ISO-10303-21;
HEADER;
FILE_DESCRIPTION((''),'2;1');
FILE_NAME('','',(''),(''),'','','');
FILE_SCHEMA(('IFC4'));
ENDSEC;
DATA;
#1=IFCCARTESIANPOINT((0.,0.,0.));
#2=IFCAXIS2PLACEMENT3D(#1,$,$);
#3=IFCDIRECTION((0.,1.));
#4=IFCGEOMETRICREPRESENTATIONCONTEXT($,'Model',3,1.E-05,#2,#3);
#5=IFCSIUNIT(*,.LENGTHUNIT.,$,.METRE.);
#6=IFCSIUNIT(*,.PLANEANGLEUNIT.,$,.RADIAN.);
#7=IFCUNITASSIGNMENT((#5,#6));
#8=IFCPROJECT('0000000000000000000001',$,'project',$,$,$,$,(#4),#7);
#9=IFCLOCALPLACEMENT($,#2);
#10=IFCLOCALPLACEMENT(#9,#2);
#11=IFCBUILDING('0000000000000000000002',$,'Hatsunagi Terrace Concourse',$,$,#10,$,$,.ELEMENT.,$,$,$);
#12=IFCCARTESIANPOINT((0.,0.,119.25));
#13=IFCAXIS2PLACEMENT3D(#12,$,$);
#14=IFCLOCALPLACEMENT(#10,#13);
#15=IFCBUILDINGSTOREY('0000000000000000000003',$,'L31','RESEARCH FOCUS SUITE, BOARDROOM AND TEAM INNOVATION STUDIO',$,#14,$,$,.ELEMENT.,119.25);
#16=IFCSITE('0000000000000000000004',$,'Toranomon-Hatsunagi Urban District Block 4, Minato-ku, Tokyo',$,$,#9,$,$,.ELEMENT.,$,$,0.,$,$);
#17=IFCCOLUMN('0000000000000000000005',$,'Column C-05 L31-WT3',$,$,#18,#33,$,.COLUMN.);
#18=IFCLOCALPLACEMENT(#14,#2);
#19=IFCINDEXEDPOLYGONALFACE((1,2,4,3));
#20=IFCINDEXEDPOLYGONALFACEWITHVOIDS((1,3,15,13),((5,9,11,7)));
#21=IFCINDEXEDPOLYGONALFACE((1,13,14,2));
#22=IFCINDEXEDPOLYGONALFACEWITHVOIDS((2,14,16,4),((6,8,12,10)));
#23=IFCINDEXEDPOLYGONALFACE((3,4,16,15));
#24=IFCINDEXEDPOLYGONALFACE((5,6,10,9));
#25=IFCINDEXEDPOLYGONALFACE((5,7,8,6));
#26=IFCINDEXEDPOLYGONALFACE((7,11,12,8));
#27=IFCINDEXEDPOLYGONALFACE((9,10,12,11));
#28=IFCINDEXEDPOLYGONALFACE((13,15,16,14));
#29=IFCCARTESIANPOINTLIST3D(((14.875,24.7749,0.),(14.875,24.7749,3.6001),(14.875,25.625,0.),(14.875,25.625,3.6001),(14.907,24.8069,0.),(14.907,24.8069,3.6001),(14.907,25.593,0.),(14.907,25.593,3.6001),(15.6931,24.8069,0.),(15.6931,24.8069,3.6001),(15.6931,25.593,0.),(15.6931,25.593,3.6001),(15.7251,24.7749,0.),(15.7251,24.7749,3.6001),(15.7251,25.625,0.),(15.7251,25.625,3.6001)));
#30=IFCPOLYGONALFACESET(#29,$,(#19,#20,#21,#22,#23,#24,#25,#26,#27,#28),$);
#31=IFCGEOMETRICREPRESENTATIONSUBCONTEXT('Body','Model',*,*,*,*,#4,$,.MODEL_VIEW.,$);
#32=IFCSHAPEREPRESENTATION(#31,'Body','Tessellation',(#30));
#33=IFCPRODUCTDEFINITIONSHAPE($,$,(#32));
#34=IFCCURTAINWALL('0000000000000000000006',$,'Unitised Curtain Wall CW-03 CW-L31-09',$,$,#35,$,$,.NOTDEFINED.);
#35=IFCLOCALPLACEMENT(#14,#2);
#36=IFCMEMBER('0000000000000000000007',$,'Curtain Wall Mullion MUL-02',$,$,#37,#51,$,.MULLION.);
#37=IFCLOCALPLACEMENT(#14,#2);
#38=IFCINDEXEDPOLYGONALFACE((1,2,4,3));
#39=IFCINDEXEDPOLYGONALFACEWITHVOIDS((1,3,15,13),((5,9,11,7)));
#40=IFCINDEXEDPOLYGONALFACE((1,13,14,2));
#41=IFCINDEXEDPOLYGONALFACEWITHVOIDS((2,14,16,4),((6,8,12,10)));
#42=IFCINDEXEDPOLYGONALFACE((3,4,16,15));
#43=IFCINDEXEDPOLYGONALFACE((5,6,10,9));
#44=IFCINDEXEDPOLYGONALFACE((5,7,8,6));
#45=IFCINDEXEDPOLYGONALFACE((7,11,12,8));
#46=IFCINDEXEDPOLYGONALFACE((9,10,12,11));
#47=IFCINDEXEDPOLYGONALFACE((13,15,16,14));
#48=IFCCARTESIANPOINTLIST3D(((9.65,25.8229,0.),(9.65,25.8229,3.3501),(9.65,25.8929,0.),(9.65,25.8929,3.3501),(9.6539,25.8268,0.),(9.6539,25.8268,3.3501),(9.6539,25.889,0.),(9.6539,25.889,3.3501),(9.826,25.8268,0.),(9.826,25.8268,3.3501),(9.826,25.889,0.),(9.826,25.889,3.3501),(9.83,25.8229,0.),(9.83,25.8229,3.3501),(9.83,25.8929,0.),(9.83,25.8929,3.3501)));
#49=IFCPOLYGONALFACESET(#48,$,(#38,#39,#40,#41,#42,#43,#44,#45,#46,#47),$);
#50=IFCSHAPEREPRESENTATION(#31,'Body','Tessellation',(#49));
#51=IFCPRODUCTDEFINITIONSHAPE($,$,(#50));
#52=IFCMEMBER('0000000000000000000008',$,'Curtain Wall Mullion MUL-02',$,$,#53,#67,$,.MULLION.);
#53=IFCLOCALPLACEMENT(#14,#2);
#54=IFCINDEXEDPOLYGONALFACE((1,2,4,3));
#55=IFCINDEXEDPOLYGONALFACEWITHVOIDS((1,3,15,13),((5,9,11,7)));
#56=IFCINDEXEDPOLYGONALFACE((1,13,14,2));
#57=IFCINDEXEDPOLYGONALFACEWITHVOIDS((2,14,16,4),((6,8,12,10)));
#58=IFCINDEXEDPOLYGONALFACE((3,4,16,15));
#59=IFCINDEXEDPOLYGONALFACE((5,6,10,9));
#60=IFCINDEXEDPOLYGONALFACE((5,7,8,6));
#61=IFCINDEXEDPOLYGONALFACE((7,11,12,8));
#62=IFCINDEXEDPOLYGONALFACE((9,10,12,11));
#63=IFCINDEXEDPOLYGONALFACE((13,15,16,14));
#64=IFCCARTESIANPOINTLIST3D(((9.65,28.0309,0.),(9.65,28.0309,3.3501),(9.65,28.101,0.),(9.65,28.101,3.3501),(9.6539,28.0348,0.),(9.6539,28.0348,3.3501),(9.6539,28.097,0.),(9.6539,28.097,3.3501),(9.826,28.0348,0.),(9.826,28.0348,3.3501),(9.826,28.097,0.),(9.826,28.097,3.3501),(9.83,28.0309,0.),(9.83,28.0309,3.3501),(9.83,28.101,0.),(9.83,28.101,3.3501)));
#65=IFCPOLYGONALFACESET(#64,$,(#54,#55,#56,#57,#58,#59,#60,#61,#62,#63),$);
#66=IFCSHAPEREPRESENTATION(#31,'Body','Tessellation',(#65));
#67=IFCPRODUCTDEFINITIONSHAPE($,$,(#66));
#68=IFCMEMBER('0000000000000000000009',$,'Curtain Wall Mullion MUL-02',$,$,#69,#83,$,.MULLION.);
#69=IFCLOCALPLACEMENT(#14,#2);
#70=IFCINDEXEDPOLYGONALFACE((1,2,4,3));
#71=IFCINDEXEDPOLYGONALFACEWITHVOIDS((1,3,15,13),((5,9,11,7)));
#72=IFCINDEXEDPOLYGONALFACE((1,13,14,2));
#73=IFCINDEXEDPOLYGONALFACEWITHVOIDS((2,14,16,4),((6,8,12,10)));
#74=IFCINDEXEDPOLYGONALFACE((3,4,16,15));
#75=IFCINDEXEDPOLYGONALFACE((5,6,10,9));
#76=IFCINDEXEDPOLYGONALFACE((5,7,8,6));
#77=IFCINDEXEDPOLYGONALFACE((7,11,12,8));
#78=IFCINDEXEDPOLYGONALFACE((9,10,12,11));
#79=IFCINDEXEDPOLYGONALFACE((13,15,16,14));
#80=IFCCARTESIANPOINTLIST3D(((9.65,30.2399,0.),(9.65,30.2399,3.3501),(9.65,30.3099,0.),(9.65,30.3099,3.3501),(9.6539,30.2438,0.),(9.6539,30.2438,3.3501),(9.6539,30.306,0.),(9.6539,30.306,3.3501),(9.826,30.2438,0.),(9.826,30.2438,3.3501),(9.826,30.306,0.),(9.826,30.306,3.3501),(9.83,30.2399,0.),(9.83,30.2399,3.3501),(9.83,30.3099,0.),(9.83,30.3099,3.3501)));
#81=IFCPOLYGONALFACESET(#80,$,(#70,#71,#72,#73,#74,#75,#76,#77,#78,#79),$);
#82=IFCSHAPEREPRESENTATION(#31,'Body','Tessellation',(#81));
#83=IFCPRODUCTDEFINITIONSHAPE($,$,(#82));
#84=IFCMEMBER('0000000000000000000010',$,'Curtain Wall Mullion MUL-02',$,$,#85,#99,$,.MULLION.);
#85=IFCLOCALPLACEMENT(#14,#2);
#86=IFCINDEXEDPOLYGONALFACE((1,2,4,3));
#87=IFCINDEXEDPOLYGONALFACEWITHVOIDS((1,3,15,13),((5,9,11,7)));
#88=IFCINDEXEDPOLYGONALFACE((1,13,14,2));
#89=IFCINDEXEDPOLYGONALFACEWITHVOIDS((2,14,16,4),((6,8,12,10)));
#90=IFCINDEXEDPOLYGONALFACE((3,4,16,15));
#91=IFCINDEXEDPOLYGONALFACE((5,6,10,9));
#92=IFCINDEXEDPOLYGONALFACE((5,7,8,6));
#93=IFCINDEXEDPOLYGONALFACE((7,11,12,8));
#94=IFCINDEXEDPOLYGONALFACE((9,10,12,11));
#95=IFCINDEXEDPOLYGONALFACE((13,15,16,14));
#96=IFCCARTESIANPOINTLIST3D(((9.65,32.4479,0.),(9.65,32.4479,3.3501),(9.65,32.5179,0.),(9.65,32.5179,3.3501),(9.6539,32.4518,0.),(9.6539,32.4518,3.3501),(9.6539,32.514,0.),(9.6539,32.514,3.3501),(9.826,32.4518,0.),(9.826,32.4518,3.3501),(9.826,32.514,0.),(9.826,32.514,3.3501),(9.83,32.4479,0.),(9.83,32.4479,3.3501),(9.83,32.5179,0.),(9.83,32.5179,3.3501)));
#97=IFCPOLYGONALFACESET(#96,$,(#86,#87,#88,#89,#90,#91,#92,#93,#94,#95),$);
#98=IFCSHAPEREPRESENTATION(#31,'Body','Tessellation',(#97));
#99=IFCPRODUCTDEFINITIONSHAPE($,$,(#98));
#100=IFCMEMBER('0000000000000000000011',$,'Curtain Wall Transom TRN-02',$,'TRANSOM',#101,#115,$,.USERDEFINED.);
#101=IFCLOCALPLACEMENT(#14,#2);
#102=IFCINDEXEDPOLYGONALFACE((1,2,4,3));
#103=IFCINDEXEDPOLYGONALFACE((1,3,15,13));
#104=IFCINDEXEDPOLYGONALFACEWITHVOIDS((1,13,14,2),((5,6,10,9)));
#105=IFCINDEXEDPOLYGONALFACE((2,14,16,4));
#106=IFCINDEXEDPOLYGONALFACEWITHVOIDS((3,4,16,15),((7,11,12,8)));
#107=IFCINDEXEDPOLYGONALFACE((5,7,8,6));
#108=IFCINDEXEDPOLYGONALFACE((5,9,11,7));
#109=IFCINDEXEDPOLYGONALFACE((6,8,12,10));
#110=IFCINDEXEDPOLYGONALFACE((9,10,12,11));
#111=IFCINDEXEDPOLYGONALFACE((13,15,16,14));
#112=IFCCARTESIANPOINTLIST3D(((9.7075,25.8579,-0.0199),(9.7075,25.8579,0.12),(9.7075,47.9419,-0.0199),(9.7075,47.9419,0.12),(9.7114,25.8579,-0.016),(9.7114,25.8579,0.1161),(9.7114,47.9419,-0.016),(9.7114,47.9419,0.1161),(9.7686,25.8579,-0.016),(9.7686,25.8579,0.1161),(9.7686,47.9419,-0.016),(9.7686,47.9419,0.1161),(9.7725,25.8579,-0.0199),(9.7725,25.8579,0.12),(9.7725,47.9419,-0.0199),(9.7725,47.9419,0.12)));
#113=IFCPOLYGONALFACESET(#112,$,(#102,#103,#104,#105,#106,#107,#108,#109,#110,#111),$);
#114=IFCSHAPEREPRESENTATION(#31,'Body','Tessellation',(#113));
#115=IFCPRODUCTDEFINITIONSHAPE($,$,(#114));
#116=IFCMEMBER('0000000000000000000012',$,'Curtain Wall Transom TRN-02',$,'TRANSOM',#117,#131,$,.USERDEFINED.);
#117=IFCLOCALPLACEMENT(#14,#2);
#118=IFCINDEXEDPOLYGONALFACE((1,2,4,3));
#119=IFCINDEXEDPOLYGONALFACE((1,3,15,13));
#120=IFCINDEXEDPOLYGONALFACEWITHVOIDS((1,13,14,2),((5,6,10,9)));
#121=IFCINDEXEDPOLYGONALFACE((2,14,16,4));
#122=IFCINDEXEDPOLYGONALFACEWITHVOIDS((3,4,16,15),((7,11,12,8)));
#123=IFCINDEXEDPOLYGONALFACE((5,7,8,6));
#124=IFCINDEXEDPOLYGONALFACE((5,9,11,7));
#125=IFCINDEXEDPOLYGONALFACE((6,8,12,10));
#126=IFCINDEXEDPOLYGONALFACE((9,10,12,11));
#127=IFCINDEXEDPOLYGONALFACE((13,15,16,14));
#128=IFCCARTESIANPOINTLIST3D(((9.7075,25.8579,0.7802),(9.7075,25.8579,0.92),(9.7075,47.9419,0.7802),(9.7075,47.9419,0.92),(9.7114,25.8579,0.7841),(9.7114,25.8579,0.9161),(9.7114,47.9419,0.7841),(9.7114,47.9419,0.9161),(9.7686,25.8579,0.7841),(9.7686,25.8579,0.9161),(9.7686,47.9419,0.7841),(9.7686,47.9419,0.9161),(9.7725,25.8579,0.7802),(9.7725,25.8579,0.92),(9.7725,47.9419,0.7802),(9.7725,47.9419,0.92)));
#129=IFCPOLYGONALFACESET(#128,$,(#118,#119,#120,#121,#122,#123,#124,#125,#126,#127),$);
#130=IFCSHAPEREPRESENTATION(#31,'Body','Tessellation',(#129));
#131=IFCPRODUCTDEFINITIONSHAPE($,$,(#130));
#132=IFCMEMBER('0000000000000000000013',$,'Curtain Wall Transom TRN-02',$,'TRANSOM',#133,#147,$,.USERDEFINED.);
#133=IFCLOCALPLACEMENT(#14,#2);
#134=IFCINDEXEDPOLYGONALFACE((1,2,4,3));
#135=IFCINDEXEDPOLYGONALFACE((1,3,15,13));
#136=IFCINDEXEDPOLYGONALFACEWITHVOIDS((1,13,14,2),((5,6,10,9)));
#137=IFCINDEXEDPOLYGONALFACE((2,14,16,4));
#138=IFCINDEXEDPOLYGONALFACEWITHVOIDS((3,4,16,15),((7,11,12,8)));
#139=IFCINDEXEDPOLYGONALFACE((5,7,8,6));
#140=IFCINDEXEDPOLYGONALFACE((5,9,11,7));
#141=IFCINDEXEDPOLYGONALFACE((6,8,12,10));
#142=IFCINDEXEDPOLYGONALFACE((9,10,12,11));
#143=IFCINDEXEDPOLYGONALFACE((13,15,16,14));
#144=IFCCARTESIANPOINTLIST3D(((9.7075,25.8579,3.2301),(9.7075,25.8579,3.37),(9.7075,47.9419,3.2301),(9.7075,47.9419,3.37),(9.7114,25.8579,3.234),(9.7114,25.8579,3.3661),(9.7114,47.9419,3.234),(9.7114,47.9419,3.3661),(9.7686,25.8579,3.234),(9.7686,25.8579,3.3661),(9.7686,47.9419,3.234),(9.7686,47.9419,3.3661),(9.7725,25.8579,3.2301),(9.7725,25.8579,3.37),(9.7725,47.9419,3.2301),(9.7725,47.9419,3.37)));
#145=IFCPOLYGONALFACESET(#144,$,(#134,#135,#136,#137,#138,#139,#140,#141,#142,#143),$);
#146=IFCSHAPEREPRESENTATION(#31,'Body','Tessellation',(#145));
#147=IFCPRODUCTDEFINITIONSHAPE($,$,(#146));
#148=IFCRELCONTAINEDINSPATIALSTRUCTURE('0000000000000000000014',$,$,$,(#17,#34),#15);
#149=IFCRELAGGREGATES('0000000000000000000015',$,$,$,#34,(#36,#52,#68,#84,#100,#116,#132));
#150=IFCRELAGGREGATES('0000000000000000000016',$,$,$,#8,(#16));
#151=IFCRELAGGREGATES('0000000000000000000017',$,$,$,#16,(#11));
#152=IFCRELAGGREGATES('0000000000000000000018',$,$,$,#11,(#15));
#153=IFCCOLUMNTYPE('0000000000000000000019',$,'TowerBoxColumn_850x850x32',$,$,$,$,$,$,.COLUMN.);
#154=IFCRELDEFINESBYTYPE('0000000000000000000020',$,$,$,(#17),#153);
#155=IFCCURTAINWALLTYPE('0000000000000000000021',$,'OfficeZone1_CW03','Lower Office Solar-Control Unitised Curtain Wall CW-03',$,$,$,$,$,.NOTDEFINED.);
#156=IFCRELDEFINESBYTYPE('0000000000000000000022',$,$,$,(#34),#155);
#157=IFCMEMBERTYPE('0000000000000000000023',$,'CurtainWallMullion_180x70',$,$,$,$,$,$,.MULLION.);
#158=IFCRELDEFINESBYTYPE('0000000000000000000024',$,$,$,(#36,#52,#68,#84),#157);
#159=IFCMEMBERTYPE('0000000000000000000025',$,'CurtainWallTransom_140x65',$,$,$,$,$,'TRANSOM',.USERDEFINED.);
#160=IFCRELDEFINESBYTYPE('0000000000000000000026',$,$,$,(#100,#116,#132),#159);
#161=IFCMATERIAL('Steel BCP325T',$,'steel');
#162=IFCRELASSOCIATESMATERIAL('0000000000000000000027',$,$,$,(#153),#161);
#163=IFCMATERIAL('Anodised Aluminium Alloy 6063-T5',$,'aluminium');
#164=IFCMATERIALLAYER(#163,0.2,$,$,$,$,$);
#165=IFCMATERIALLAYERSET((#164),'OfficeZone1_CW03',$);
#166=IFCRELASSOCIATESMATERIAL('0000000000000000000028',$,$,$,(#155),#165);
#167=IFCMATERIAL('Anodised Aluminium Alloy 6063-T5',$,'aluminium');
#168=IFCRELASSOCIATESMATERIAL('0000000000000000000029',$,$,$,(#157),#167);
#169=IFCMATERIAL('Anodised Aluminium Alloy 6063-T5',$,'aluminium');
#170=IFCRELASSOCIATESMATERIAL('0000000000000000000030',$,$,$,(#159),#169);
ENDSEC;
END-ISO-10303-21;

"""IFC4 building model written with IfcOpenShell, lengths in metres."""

from ifc_helpers import new_model, si_unit, direction, frame, origin, origin_2d, place, context, subcontext, project, spatial, hollow_rectangle, extrude, material, layer, layer_set, material_profile, profile_set, type_object, element, aggregate, save


model = new_model("IFC4")

# Units and contexts
model_context = context("Model", 3, precision=1e-05, world=origin(), true_north=direction((0.0, 1.0)))
body_context = subcontext(model_context, "Body", "Model", "MODEL_VIEW")
ifc_project = project(units=[si_unit("LENGTHUNIT", "METRE"), si_unit("PLANEANGLEUNIT", "RADIAN")], contexts=[model_context])

# Site, building, storey
site_placement = place(None, origin())
site = spatial("IfcSite", under=ifc_project, at=site_placement, Name="Toranomon-Hatsunagi Urban District Block 4, Minato-ku, Tokyo", CompositionType="ELEMENT", RefElevation=0.0)
building_placement = place(site_placement, origin())
building = spatial("IfcBuilding", under=site, at=building_placement, Name="Hatsunagi Terrace Concourse", CompositionType="ELEMENT")
storey_placement = place(building_placement, frame((0.0, 0.0, 119.25)))
storey = spatial("IfcBuildingStorey", under=building, at=storey_placement, Name="L31", Description="RESEARCH FOCUS SUITE, BOARDROOM AND TEAM INNOVATION STUDIO", CompositionType="ELEMENT", Elevation=119.25)

# Column
ifc_material_1 = material(Name="Steel BCP325T", Category="steel")
ifc_material_profile_1 = material_profile(ifc_material_1, hollow_rectangle(XDim=0.8501, YDim=0.8501, WallThickness=0.032, at=origin_2d()), Name="BCP-850x850x32")
ifc_profile_set_1 = profile_set([ifc_material_profile_1], Name="Steel BCP325T")
column_type = type_object("IfcColumnType", Name="TowerBoxColumn_850x850x32", PredefinedType="COLUMN", material=ifc_profile_set_1)
column_placement = place(storey_placement, frame((15.3, 25.2, 0.0), z_axis=(0.0, 0.0, 1.0), x_axis=(1.0, 0.0, 0.0)))
element("IfcColumn", 1, at=column_placement, inside=storey, type_object=column_type, Name="Column C-05 L31-WT3", PredefinedType="COLUMN", context=body_context, shape_type="SweptSolid", body=[
    extrude(hollow_rectangle(XDim=0.8501, YDim=0.8501, WallThickness=0.032, at=origin_2d()), origin(), (0.0, 0.0, 1.0), 3.6001),
])

# Curtain wall, members
ifc_material_2 = material(Name="Anodised Aluminium Alloy 6063-T5", Category="aluminium")
ifc_layer_1 = layer(ifc_material_2, 0.2)
ifc_layer_set_1 = layer_set([ifc_layer_1], Name="OfficeZone1_CW03")
curtain_wall_type = type_object("IfcCurtainWallType", Name="OfficeZone1_CW03", Description="Lower Office Solar-Control Unitised Curtain Wall CW-03", PredefinedType="NOTDEFINED", material=ifc_layer_set_1)
curtain_wall_placement = place(storey_placement, origin())
curtain_wall = element("IfcCurtainWall", 2, at=curtain_wall_placement, inside=storey, type_object=curtain_wall_type, Name="Unitised Curtain Wall CW-03 CW-L31-09", PredefinedType="NOTDEFINED")
ifc_material_3 = material(Name="Anodised Aluminium Alloy 6063-T5", Category="aluminium")
ifc_material_profile_2 = material_profile(ifc_material_3, hollow_rectangle(XDim=0.0701, YDim=0.1799, WallThickness=0.0039, at=origin_2d()), Name="ALU-MUL-180x70x4")
ifc_profile_set_2 = profile_set([ifc_material_profile_2], Name="Anodised Aluminium Alloy 6063-T5")
member_type_1 = type_object("IfcMemberType", Name="CurtainWallMullion_180x70", PredefinedType="MULLION", material=ifc_profile_set_2)
member_1_placement = place(storey_placement, frame((9.74, 25.8579, 0.0), z_axis=(0.0, 0.0, 1.0), x_axis=(0.0, 1.0, 0.0)))
member_1 = element("IfcMember", 3, at=member_1_placement, type_object=member_type_1, Name="Curtain Wall Mullion MUL-02", PredefinedType="MULLION", context=body_context, shape_type="SweptSolid", body=[
    extrude(hollow_rectangle(XDim=0.0701, YDim=0.1799, WallThickness=0.0039, at=origin_2d()), origin(), (0.0, 0.0, 1.0), 3.3501),
])
member_2_placement = place(storey_placement, frame((9.74, 28.0659, 0.0), z_axis=(0.0, 0.0, 1.0), x_axis=(0.0, 1.0, 0.0)))
member_2 = element("IfcMember", 4, at=member_2_placement, type_object=member_type_1, Name="Curtain Wall Mullion MUL-02", PredefinedType="MULLION", context=body_context, shape_type="SweptSolid", body=[
    extrude(hollow_rectangle(XDim=0.0701, YDim=0.1799, WallThickness=0.0039, at=origin_2d()), origin(), (0.0, 0.0, 1.0), 3.3501),
])
member_3_placement = place(storey_placement, frame((9.74, 30.2749, 0.0), z_axis=(0.0, 0.0, 1.0), x_axis=(0.0, 1.0, 0.0)))
member_3 = element("IfcMember", 5, at=member_3_placement, type_object=member_type_1, Name="Curtain Wall Mullion MUL-02", PredefinedType="MULLION", context=body_context, shape_type="SweptSolid", body=[
    extrude(hollow_rectangle(XDim=0.0701, YDim=0.1799, WallThickness=0.0039, at=origin_2d()), origin(), (0.0, 0.0, 1.0), 3.3501),
])
member_4_placement = place(storey_placement, frame((9.74, 32.4829, 0.0), z_axis=(0.0, 0.0, 1.0), x_axis=(0.0, 1.0, 0.0)))
member_4 = element("IfcMember", 6, at=member_4_placement, type_object=member_type_1, Name="Curtain Wall Mullion MUL-02", PredefinedType="MULLION", context=body_context, shape_type="SweptSolid", body=[
    extrude(hollow_rectangle(XDim=0.0701, YDim=0.1799, WallThickness=0.0039, at=origin_2d()), origin(), (0.0, 0.0, 1.0), 3.3501),
])
ifc_material_4 = material(Name="Anodised Aluminium Alloy 6063-T5", Category="aluminium")
ifc_material_profile_3 = material_profile(ifc_material_4, hollow_rectangle(XDim=0.0649, YDim=0.1399, WallThickness=0.0039, at=origin_2d()), Name="ALU-TRN-140x65x4")
ifc_profile_set_3 = profile_set([ifc_material_profile_3], Name="Anodised Aluminium Alloy 6063-T5")
member_type_2 = type_object("IfcMemberType", Name="CurtainWallTransom_140x65", ElementType="TRANSOM", PredefinedType="USERDEFINED", material=ifc_profile_set_3)
member_5_placement = place(storey_placement, frame((9.74, 25.8579, 0.05), z_axis=(0.0, 1.0, 0.0), x_axis=(-1.0, 0.0, 0.0)))
member_5 = element("IfcMember", 7, at=member_5_placement, type_object=member_type_2, Name="Curtain Wall Transom TRN-02", ObjectType="TRANSOM", PredefinedType="USERDEFINED", context=body_context, shape_type="SweptSolid", body=[
    extrude(hollow_rectangle(XDim=0.0649, YDim=0.1399, WallThickness=0.0039, at=origin_2d()), origin(), (0.0, 0.0, 1.0), 22.084),
])
member_6_placement = place(storey_placement, frame((9.74, 25.8579, 0.8501), z_axis=(0.0, 1.0, 0.0), x_axis=(-1.0, 0.0, 0.0)))
member_6 = element("IfcMember", 8, at=member_6_placement, type_object=member_type_2, Name="Curtain Wall Transom TRN-02", ObjectType="TRANSOM", PredefinedType="USERDEFINED", context=body_context, shape_type="SweptSolid", body=[
    extrude(hollow_rectangle(XDim=0.0649, YDim=0.1399, WallThickness=0.0039, at=origin_2d()), origin(), (0.0, 0.0, 1.0), 22.084),
])
member_7_placement = place(storey_placement, frame((9.74, 25.8579, 3.3), z_axis=(0.0, 1.0, 0.0), x_axis=(-1.0, 0.0, 0.0)))
member_7 = element("IfcMember", 9, at=member_7_placement, type_object=member_type_2, Name="Curtain Wall Transom TRN-02", ObjectType="TRANSOM", PredefinedType="USERDEFINED", context=body_context, shape_type="SweptSolid", body=[
    extrude(hollow_rectangle(XDim=0.0649, YDim=0.1399, WallThickness=0.0039, at=origin_2d()), origin(), (0.0, 0.0, 1.0), 22.084),
])

aggregate(curtain_wall, [member_1, member_2, member_3, member_4, member_5, member_6, member_7])

save(model, "model.ifc")
